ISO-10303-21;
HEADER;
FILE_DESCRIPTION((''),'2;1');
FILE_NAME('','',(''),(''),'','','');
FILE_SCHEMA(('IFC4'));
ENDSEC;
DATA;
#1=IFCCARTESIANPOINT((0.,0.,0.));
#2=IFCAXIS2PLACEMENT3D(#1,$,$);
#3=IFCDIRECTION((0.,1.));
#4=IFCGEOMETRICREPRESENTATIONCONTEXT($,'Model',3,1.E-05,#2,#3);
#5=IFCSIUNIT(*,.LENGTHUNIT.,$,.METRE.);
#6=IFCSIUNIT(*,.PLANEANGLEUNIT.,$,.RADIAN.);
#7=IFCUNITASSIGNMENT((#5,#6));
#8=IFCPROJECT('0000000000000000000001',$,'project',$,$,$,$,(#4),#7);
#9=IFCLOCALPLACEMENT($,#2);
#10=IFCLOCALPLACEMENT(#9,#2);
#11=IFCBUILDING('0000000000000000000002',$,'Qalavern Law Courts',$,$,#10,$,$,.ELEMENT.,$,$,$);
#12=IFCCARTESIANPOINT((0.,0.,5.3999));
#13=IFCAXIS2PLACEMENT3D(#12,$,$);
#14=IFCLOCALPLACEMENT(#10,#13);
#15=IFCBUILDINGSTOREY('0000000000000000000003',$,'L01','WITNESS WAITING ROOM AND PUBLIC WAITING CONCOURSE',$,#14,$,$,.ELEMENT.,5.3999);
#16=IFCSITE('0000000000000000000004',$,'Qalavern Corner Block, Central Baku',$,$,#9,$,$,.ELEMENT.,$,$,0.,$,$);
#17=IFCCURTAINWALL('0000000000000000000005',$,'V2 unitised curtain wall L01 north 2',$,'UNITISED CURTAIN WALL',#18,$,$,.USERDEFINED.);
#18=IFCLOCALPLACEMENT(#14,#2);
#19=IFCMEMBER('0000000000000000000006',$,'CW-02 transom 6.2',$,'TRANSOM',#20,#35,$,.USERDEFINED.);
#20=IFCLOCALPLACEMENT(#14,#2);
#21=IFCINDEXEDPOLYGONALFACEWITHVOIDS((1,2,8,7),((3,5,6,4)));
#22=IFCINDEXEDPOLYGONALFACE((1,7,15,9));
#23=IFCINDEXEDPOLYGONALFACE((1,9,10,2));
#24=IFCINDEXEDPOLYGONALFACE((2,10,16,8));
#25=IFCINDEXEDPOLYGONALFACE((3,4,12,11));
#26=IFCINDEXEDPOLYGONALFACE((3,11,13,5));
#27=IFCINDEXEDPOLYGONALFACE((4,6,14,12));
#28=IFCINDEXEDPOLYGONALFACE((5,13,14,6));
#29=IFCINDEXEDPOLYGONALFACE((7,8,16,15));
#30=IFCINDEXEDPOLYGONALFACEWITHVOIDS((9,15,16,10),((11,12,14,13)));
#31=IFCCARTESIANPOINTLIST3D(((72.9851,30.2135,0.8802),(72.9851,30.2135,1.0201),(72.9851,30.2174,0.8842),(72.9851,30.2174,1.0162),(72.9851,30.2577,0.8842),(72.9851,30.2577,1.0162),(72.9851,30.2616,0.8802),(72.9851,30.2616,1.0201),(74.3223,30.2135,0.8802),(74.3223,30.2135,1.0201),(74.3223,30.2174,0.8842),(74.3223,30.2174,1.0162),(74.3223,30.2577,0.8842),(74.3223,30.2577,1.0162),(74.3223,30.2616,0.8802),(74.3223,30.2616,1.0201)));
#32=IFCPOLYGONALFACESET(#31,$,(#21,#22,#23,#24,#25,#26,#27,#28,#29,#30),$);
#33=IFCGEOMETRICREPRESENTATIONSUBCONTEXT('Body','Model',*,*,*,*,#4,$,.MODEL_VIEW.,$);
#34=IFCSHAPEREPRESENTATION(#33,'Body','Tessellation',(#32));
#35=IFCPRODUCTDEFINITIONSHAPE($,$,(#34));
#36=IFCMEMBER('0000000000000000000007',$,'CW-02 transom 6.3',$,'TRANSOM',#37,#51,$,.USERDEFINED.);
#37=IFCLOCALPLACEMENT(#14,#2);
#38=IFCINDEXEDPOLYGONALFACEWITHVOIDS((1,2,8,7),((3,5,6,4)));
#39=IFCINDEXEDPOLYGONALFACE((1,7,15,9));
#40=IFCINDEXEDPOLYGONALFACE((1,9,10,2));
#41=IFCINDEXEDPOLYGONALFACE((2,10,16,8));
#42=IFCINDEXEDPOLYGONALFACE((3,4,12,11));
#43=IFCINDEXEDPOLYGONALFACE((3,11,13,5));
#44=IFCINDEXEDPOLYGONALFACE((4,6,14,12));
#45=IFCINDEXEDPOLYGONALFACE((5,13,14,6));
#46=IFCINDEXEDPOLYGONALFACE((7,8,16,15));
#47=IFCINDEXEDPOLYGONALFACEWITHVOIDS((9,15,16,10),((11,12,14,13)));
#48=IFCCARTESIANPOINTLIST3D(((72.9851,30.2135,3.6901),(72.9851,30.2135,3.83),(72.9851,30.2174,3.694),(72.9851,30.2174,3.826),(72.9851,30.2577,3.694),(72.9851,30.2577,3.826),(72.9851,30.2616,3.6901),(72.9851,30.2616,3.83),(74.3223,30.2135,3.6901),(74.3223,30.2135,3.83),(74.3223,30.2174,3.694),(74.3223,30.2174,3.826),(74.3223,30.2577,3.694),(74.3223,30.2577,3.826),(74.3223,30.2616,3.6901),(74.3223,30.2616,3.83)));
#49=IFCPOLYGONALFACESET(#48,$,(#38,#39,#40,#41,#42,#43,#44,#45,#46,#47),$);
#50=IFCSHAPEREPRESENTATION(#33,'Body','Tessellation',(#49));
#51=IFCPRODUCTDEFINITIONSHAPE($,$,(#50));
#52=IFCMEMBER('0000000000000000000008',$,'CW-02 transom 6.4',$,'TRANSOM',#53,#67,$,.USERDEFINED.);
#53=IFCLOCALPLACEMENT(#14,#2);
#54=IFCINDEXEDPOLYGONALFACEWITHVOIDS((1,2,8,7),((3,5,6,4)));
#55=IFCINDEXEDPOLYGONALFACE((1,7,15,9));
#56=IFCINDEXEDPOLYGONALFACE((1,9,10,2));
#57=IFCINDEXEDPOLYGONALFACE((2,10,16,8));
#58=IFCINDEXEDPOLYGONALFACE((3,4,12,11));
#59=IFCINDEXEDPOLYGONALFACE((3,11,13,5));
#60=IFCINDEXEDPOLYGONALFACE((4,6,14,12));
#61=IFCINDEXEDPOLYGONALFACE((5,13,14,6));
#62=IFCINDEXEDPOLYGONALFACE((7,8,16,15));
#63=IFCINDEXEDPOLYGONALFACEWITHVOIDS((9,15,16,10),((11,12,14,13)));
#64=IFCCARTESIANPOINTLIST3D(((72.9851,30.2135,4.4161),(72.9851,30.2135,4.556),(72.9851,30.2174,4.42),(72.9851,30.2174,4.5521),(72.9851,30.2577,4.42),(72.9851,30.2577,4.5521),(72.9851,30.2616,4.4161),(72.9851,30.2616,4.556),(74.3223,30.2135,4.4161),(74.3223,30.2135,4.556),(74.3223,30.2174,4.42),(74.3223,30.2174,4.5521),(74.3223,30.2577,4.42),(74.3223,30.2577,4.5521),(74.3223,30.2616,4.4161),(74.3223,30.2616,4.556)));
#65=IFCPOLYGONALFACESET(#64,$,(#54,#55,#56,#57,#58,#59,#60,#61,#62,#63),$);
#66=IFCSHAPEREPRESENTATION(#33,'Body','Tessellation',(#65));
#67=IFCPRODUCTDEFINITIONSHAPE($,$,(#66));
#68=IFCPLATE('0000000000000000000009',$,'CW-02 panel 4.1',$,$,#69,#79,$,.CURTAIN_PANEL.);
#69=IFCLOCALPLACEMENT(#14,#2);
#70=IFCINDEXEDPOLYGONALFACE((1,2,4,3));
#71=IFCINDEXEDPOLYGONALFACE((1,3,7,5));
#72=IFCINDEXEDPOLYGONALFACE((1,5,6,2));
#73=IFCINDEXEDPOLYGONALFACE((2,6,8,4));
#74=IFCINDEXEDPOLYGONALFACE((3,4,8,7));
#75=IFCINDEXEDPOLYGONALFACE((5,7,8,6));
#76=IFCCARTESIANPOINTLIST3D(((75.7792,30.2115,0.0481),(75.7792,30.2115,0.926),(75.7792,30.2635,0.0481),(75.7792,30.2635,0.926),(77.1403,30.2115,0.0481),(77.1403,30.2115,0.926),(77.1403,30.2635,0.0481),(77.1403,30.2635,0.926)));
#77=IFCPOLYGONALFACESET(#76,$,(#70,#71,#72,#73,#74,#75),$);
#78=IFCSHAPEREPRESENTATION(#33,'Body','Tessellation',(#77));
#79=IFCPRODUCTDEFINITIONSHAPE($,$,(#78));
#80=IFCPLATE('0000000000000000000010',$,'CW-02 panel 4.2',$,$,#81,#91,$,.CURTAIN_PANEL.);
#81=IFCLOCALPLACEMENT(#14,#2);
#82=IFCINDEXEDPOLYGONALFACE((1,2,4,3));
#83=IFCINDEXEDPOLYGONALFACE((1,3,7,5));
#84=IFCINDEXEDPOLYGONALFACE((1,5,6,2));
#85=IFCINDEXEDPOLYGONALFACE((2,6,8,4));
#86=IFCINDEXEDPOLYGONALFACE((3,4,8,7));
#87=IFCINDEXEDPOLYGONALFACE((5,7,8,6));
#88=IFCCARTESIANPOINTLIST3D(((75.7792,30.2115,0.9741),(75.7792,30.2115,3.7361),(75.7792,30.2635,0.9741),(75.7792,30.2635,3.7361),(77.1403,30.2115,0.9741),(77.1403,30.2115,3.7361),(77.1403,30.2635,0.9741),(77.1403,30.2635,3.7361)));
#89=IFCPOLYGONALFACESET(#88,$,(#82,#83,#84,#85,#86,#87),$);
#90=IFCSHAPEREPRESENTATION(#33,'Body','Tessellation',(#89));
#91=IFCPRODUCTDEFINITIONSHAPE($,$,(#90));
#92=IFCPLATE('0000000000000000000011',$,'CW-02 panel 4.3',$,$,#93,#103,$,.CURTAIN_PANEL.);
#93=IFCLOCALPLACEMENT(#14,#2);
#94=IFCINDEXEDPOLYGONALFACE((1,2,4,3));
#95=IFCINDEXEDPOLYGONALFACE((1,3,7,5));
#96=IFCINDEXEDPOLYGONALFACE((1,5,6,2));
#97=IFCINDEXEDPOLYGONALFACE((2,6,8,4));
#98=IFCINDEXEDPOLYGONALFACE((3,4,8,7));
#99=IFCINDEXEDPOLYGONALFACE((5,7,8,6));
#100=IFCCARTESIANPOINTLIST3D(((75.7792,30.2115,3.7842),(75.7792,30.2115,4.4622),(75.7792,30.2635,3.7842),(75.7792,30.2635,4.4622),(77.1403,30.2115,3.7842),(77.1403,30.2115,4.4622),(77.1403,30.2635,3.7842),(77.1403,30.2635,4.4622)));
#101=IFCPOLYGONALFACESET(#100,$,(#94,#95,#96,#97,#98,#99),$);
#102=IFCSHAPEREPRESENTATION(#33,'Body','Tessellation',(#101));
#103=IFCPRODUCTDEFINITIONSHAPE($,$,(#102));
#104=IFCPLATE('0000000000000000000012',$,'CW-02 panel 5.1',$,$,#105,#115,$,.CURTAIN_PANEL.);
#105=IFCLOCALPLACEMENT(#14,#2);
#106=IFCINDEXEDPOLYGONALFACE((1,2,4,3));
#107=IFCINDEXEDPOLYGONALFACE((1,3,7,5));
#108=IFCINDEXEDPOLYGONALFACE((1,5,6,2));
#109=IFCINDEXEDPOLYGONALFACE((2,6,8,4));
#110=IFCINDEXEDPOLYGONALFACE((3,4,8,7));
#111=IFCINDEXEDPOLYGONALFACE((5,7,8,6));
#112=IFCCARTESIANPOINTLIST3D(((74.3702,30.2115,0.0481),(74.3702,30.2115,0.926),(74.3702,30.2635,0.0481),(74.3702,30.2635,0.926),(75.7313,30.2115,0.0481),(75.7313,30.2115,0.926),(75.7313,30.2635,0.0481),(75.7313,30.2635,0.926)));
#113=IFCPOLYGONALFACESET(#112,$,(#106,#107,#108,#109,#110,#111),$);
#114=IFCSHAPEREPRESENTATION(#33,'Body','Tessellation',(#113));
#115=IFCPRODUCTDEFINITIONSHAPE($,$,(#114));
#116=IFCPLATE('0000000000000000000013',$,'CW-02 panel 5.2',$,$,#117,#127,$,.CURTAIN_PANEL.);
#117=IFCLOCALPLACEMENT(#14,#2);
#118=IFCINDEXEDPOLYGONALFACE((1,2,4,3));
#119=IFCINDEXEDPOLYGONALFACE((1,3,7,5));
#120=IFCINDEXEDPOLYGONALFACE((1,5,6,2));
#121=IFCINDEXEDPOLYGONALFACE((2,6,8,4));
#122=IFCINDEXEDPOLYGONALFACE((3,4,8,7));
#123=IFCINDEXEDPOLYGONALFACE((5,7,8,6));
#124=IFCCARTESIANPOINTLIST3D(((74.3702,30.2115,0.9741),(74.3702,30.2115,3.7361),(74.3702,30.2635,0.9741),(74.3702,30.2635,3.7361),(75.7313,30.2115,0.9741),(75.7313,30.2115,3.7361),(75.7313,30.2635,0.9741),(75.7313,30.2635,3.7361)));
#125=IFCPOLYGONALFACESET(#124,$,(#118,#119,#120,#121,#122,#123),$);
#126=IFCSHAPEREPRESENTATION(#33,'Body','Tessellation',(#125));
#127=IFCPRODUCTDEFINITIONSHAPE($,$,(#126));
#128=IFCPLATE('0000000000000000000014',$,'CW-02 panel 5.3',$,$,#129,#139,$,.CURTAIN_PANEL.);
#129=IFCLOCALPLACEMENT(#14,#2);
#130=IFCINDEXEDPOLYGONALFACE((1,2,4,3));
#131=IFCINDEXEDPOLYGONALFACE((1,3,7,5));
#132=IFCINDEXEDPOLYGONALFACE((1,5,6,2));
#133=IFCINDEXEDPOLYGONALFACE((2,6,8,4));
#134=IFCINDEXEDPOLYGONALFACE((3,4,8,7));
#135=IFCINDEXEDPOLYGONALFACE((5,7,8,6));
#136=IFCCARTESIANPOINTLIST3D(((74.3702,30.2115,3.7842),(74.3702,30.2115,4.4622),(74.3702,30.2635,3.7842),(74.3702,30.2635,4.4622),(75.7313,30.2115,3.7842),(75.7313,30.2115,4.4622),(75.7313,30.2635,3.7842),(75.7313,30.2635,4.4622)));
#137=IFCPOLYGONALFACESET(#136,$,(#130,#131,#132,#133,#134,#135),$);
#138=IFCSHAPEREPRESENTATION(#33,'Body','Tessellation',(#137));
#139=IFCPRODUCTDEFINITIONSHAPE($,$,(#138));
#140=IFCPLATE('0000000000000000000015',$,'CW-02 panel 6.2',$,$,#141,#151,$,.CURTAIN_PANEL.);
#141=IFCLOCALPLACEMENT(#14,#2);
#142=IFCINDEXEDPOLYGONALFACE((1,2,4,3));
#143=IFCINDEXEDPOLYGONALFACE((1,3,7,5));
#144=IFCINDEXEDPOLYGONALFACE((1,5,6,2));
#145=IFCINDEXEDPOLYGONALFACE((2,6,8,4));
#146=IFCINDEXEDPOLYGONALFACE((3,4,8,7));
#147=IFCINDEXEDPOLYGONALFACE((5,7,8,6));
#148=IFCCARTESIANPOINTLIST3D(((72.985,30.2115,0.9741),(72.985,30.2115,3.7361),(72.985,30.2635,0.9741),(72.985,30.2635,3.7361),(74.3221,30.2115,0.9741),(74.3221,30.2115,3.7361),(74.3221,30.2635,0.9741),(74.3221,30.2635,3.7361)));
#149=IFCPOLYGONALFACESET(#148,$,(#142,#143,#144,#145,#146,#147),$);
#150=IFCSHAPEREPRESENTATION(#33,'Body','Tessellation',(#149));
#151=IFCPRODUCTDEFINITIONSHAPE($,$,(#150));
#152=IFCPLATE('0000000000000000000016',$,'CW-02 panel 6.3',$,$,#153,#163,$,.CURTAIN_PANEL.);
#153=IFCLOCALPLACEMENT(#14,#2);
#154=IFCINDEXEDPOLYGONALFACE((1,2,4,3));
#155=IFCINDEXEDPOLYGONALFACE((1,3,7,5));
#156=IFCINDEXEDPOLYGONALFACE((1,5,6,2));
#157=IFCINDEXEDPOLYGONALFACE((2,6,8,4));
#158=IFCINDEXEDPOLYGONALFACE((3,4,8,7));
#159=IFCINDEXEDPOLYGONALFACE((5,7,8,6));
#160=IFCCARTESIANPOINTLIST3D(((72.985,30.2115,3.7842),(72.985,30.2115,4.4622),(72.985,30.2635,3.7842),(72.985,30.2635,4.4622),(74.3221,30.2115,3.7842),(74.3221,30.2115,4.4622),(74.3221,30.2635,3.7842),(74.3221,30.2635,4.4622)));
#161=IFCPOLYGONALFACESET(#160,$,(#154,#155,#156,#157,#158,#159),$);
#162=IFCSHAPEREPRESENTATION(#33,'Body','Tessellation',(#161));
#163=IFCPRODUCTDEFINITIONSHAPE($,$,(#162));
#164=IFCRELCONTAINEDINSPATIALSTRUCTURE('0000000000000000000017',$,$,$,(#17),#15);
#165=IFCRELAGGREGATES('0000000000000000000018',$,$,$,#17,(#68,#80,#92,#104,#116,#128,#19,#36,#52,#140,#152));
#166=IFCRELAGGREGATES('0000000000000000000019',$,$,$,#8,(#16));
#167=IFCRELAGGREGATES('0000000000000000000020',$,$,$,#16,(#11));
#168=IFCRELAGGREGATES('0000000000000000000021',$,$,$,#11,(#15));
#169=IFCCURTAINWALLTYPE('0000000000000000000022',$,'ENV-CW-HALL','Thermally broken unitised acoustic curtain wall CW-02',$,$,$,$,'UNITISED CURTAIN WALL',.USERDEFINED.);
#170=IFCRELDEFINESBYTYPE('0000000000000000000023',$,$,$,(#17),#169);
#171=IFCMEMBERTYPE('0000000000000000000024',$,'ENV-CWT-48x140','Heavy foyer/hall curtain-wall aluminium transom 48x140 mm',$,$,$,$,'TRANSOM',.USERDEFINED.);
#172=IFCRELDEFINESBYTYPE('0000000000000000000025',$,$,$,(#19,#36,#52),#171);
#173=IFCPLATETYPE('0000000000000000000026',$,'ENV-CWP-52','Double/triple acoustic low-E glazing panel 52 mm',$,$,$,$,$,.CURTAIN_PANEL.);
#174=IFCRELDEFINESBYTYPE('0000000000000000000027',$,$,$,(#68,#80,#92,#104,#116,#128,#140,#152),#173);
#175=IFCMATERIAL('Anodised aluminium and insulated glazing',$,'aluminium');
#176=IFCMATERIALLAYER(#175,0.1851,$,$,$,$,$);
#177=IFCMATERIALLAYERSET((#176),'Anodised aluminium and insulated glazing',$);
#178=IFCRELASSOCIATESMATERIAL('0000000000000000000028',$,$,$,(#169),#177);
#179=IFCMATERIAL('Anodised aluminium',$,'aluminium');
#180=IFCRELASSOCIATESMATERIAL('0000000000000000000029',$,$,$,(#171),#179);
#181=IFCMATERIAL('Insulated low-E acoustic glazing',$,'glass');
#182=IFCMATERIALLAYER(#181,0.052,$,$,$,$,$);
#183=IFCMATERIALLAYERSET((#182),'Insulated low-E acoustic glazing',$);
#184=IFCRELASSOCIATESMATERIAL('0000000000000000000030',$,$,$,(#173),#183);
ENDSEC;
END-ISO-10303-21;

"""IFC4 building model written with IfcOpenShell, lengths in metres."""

from ifc_helpers import new_model, si_unit, direction, frame, origin, origin_2d, place, context, subcontext, project, spatial, rectangle, hollow_rectangle, extrude, material, layer, layer_set, material_profile, profile_set, type_object, element, aggregate, save


model = new_model("IFC4")

# Units and contexts
model_context = context("Model", 3, precision=1e-05, world=origin(), true_north=direction((0.0, 1.0)))
body_context = subcontext(model_context, "Body", "Model", "MODEL_VIEW")
ifc_project = project(units=[si_unit("LENGTHUNIT", "METRE"), si_unit("PLANEANGLEUNIT", "RADIAN")], contexts=[model_context])

# Site, building, storey
site_placement = place(None, origin())
site = spatial("IfcSite", under=ifc_project, at=site_placement, Name="Qalavern Corner Block, Central Baku", CompositionType="ELEMENT", RefElevation=0.0)
building_placement = place(site_placement, origin())
building = spatial("IfcBuilding", under=site, at=building_placement, Name="Qalavern Law Courts", CompositionType="ELEMENT")
storey_placement = place(building_placement, frame((0.0, 0.0, 5.3999)))
storey = spatial("IfcBuildingStorey", under=building, at=storey_placement, Name="L01", Description="WITNESS WAITING ROOM AND PUBLIC WAITING CONCOURSE", CompositionType="ELEMENT", Elevation=5.3999)

# Curtain wall, members, plates
ifc_material_1 = material(Name="Anodised aluminium and insulated glazing", Category="aluminium")
ifc_layer_1 = layer(ifc_material_1, 0.1851)
ifc_layer_set_1 = layer_set([ifc_layer_1], Name="Anodised aluminium and insulated glazing")
curtain_wall_type = type_object("IfcCurtainWallType", Name="ENV-CW-HALL", Description="Thermally broken unitised acoustic curtain wall CW-02", ElementType="UNITISED CURTAIN WALL", PredefinedType="USERDEFINED", material=ifc_layer_set_1)
curtain_wall_placement = place(storey_placement, origin())
curtain_wall = element("IfcCurtainWall", 1, at=curtain_wall_placement, inside=storey, type_object=curtain_wall_type, Name="V2 unitised curtain wall L01 north 2", ObjectType="UNITISED CURTAIN WALL", PredefinedType="USERDEFINED")
ifc_material_2 = material(Name="Anodised aluminium", Category="aluminium")
ifc_material_profile_1 = material_profile(ifc_material_2, hollow_rectangle(XDim=0.0481, YDim=0.1399, WallThickness=0.0039, at=origin_2d()), Name="ALU TRANSOM 48x140")
ifc_profile_set_1 = profile_set([ifc_material_profile_1], Name="Anodised aluminium")
member_type_1 = type_object("IfcMemberType", Name="ENV-CWT-48x140", Description="Heavy foyer/hall curtain-wall aluminium transom 48x140 mm", ElementType="TRANSOM", PredefinedType="USERDEFINED", material=ifc_profile_set_1)
member_1_placement = place(storey_placement, frame((74.3223, 30.2375, 0.9502), z_axis=(-1.0, 0.0, 0.0), x_axis=(0.0, -1.0, 0.0)))
member_1 = element("IfcMember", 2, at=member_1_placement, type_object=member_type_1, Name="CW-02 transom 6.2", ObjectType="TRANSOM", PredefinedType="USERDEFINED", context=body_context, shape_type="SweptSolid", body=[
    extrude(hollow_rectangle(XDim=0.0481, YDim=0.1399, WallThickness=0.0039, at=origin_2d()), origin(), (0.0, 0.0, 1.0), 1.3372),
])
member_2_placement = place(storey_placement, frame((74.3223, 30.2375, 3.76), z_axis=(-1.0, 0.0, 0.0), x_axis=(0.0, -1.0, 0.0)))
member_2 = element("IfcMember", 3, at=member_2_placement, type_object=member_type_1, Name="CW-02 transom 6.3", ObjectType="TRANSOM", PredefinedType="USERDEFINED", context=body_context, shape_type="SweptSolid", body=[
    extrude(hollow_rectangle(XDim=0.0481, YDim=0.1399, WallThickness=0.0039, at=origin_2d()), origin(), (0.0, 0.0, 1.0), 1.3372),
])
member_3_placement = place(storey_placement, frame((74.3223, 30.2375, 4.4861), z_axis=(-1.0, 0.0, 0.0), x_axis=(0.0, -1.0, 0.0)))
member_3 = element("IfcMember", 4, at=member_3_placement, type_object=member_type_1, Name="CW-02 transom 6.4", ObjectType="TRANSOM", PredefinedType="USERDEFINED", context=body_context, shape_type="SweptSolid", body=[
    extrude(hollow_rectangle(XDim=0.0481, YDim=0.1399, WallThickness=0.0039, at=origin_2d()), origin(), (0.0, 0.0, 1.0), 1.3372),
])
ifc_material_3 = material(Name="Insulated low-E acoustic glazing", Category="glass")
ifc_layer_2 = layer(ifc_material_3, 0.052)
ifc_layer_set_2 = layer_set([ifc_layer_2], Name="Insulated low-E acoustic glazing")
plate_type = type_object("IfcPlateType", Name="ENV-CWP-52", Description="Double/triple acoustic low-E glazing panel 52 mm", PredefinedType="CURTAIN_PANEL", material=ifc_layer_set_2)
plate_1_placement = place(storey_placement, frame((76.4597, 30.2375, 0.0481), z_axis=(0.0, 0.0, 1.0), x_axis=(-1.0, 0.0, 0.0)))
plate_1 = element("IfcPlate", 5, at=plate_1_placement, type_object=plate_type, Name="CW-02 panel 4.1", PredefinedType="CURTAIN_PANEL", context=body_context, shape_type="SweptSolid", body=[
    extrude(rectangle(XDim=1.3611, YDim=0.052, at=origin_2d()), origin(), (0.0, 0.0, 1.0), 0.8779),
])
plate_2_placement = place(storey_placement, frame((76.4597, 30.2375, 0.9741), z_axis=(0.0, 0.0, 1.0), x_axis=(-1.0, 0.0, 0.0)))
plate_2 = element("IfcPlate", 6, at=plate_2_placement, type_object=plate_type, Name="CW-02 panel 4.2", PredefinedType="CURTAIN_PANEL", context=body_context, shape_type="SweptSolid", body=[
    extrude(rectangle(XDim=1.3611, YDim=0.052, at=origin_2d()), origin(), (0.0, 0.0, 1.0), 2.762),
])
plate_3_placement = place(storey_placement, frame((76.4597, 30.2375, 3.7842), z_axis=(0.0, 0.0, 1.0), x_axis=(-1.0, 0.0, 0.0)))
plate_3 = element("IfcPlate", 7, at=plate_3_placement, type_object=plate_type, Name="CW-02 panel 4.3", PredefinedType="CURTAIN_PANEL", context=body_context, shape_type="SweptSolid", body=[
    extrude(rectangle(XDim=1.3611, YDim=0.052, at=origin_2d()), origin(), (0.0, 0.0, 1.0), 0.678),
])
plate_4_placement = place(storey_placement, frame((75.0508, 30.2375, 0.0481), z_axis=(0.0, 0.0, 1.0), x_axis=(-1.0, 0.0, 0.0)))
plate_4 = element("IfcPlate", 8, at=plate_4_placement, type_object=plate_type, Name="CW-02 panel 5.1", PredefinedType="CURTAIN_PANEL", context=body_context, shape_type="SweptSolid", body=[
    extrude(rectangle(XDim=1.3611, YDim=0.052, at=origin_2d()), origin(), (0.0, 0.0, 1.0), 0.8779),
])
plate_5_placement = place(storey_placement, frame((75.0508, 30.2375, 0.9741), z_axis=(0.0, 0.0, 1.0), x_axis=(-1.0, 0.0, 0.0)))
plate_5 = element("IfcPlate", 9, at=plate_5_placement, type_object=plate_type, Name="CW-02 panel 5.2", PredefinedType="CURTAIN_PANEL", context=body_context, shape_type="SweptSolid", body=[
    extrude(rectangle(XDim=1.3611, YDim=0.052, at=origin_2d()), origin(), (0.0, 0.0, 1.0), 2.762),
])
plate_6_placement = place(storey_placement, frame((75.0508, 30.2375, 3.7842), z_axis=(0.0, 0.0, 1.0), x_axis=(-1.0, 0.0, 0.0)))
plate_6 = element("IfcPlate", 10, at=plate_6_placement, type_object=plate_type, Name="CW-02 panel 5.3", PredefinedType="CURTAIN_PANEL", context=body_context, shape_type="SweptSolid", body=[
    extrude(rectangle(XDim=1.3611, YDim=0.052, at=origin_2d()), origin(), (0.0, 0.0, 1.0), 0.678),
])
plate_7_placement = place(storey_placement, frame((73.6536, 30.2375, 0.9741), z_axis=(0.0, 0.0, 1.0), x_axis=(-1.0, 0.0, 0.0)))
plate_7 = element("IfcPlate", 11, at=plate_7_placement, type_object=plate_type, Name="CW-02 panel 6.2", PredefinedType="CURTAIN_PANEL", context=body_context, shape_type="SweptSolid", body=[
    extrude(rectangle(XDim=1.3372, YDim=0.052, at=origin_2d()), origin(), (0.0, 0.0, 1.0), 2.762),
])
plate_8_placement = place(storey_placement, frame((73.6536, 30.2375, 3.7842), z_axis=(0.0, 0.0, 1.0), x_axis=(-1.0, 0.0, 0.0)))
plate_8 = element("IfcPlate", 12, at=plate_8_placement, type_object=plate_type, Name="CW-02 panel 6.3", PredefinedType="CURTAIN_PANEL", context=body_context, shape_type="SweptSolid", body=[
    extrude(rectangle(XDim=1.3372, YDim=0.052, at=origin_2d()), origin(), (0.0, 0.0, 1.0), 0.678),
])
aggregate(curtain_wall, [plate_1, plate_2, plate_3, plate_4, plate_5, plate_6, member_1, member_2, member_3, plate_7, plate_8])

save(model, "model.ifc")
